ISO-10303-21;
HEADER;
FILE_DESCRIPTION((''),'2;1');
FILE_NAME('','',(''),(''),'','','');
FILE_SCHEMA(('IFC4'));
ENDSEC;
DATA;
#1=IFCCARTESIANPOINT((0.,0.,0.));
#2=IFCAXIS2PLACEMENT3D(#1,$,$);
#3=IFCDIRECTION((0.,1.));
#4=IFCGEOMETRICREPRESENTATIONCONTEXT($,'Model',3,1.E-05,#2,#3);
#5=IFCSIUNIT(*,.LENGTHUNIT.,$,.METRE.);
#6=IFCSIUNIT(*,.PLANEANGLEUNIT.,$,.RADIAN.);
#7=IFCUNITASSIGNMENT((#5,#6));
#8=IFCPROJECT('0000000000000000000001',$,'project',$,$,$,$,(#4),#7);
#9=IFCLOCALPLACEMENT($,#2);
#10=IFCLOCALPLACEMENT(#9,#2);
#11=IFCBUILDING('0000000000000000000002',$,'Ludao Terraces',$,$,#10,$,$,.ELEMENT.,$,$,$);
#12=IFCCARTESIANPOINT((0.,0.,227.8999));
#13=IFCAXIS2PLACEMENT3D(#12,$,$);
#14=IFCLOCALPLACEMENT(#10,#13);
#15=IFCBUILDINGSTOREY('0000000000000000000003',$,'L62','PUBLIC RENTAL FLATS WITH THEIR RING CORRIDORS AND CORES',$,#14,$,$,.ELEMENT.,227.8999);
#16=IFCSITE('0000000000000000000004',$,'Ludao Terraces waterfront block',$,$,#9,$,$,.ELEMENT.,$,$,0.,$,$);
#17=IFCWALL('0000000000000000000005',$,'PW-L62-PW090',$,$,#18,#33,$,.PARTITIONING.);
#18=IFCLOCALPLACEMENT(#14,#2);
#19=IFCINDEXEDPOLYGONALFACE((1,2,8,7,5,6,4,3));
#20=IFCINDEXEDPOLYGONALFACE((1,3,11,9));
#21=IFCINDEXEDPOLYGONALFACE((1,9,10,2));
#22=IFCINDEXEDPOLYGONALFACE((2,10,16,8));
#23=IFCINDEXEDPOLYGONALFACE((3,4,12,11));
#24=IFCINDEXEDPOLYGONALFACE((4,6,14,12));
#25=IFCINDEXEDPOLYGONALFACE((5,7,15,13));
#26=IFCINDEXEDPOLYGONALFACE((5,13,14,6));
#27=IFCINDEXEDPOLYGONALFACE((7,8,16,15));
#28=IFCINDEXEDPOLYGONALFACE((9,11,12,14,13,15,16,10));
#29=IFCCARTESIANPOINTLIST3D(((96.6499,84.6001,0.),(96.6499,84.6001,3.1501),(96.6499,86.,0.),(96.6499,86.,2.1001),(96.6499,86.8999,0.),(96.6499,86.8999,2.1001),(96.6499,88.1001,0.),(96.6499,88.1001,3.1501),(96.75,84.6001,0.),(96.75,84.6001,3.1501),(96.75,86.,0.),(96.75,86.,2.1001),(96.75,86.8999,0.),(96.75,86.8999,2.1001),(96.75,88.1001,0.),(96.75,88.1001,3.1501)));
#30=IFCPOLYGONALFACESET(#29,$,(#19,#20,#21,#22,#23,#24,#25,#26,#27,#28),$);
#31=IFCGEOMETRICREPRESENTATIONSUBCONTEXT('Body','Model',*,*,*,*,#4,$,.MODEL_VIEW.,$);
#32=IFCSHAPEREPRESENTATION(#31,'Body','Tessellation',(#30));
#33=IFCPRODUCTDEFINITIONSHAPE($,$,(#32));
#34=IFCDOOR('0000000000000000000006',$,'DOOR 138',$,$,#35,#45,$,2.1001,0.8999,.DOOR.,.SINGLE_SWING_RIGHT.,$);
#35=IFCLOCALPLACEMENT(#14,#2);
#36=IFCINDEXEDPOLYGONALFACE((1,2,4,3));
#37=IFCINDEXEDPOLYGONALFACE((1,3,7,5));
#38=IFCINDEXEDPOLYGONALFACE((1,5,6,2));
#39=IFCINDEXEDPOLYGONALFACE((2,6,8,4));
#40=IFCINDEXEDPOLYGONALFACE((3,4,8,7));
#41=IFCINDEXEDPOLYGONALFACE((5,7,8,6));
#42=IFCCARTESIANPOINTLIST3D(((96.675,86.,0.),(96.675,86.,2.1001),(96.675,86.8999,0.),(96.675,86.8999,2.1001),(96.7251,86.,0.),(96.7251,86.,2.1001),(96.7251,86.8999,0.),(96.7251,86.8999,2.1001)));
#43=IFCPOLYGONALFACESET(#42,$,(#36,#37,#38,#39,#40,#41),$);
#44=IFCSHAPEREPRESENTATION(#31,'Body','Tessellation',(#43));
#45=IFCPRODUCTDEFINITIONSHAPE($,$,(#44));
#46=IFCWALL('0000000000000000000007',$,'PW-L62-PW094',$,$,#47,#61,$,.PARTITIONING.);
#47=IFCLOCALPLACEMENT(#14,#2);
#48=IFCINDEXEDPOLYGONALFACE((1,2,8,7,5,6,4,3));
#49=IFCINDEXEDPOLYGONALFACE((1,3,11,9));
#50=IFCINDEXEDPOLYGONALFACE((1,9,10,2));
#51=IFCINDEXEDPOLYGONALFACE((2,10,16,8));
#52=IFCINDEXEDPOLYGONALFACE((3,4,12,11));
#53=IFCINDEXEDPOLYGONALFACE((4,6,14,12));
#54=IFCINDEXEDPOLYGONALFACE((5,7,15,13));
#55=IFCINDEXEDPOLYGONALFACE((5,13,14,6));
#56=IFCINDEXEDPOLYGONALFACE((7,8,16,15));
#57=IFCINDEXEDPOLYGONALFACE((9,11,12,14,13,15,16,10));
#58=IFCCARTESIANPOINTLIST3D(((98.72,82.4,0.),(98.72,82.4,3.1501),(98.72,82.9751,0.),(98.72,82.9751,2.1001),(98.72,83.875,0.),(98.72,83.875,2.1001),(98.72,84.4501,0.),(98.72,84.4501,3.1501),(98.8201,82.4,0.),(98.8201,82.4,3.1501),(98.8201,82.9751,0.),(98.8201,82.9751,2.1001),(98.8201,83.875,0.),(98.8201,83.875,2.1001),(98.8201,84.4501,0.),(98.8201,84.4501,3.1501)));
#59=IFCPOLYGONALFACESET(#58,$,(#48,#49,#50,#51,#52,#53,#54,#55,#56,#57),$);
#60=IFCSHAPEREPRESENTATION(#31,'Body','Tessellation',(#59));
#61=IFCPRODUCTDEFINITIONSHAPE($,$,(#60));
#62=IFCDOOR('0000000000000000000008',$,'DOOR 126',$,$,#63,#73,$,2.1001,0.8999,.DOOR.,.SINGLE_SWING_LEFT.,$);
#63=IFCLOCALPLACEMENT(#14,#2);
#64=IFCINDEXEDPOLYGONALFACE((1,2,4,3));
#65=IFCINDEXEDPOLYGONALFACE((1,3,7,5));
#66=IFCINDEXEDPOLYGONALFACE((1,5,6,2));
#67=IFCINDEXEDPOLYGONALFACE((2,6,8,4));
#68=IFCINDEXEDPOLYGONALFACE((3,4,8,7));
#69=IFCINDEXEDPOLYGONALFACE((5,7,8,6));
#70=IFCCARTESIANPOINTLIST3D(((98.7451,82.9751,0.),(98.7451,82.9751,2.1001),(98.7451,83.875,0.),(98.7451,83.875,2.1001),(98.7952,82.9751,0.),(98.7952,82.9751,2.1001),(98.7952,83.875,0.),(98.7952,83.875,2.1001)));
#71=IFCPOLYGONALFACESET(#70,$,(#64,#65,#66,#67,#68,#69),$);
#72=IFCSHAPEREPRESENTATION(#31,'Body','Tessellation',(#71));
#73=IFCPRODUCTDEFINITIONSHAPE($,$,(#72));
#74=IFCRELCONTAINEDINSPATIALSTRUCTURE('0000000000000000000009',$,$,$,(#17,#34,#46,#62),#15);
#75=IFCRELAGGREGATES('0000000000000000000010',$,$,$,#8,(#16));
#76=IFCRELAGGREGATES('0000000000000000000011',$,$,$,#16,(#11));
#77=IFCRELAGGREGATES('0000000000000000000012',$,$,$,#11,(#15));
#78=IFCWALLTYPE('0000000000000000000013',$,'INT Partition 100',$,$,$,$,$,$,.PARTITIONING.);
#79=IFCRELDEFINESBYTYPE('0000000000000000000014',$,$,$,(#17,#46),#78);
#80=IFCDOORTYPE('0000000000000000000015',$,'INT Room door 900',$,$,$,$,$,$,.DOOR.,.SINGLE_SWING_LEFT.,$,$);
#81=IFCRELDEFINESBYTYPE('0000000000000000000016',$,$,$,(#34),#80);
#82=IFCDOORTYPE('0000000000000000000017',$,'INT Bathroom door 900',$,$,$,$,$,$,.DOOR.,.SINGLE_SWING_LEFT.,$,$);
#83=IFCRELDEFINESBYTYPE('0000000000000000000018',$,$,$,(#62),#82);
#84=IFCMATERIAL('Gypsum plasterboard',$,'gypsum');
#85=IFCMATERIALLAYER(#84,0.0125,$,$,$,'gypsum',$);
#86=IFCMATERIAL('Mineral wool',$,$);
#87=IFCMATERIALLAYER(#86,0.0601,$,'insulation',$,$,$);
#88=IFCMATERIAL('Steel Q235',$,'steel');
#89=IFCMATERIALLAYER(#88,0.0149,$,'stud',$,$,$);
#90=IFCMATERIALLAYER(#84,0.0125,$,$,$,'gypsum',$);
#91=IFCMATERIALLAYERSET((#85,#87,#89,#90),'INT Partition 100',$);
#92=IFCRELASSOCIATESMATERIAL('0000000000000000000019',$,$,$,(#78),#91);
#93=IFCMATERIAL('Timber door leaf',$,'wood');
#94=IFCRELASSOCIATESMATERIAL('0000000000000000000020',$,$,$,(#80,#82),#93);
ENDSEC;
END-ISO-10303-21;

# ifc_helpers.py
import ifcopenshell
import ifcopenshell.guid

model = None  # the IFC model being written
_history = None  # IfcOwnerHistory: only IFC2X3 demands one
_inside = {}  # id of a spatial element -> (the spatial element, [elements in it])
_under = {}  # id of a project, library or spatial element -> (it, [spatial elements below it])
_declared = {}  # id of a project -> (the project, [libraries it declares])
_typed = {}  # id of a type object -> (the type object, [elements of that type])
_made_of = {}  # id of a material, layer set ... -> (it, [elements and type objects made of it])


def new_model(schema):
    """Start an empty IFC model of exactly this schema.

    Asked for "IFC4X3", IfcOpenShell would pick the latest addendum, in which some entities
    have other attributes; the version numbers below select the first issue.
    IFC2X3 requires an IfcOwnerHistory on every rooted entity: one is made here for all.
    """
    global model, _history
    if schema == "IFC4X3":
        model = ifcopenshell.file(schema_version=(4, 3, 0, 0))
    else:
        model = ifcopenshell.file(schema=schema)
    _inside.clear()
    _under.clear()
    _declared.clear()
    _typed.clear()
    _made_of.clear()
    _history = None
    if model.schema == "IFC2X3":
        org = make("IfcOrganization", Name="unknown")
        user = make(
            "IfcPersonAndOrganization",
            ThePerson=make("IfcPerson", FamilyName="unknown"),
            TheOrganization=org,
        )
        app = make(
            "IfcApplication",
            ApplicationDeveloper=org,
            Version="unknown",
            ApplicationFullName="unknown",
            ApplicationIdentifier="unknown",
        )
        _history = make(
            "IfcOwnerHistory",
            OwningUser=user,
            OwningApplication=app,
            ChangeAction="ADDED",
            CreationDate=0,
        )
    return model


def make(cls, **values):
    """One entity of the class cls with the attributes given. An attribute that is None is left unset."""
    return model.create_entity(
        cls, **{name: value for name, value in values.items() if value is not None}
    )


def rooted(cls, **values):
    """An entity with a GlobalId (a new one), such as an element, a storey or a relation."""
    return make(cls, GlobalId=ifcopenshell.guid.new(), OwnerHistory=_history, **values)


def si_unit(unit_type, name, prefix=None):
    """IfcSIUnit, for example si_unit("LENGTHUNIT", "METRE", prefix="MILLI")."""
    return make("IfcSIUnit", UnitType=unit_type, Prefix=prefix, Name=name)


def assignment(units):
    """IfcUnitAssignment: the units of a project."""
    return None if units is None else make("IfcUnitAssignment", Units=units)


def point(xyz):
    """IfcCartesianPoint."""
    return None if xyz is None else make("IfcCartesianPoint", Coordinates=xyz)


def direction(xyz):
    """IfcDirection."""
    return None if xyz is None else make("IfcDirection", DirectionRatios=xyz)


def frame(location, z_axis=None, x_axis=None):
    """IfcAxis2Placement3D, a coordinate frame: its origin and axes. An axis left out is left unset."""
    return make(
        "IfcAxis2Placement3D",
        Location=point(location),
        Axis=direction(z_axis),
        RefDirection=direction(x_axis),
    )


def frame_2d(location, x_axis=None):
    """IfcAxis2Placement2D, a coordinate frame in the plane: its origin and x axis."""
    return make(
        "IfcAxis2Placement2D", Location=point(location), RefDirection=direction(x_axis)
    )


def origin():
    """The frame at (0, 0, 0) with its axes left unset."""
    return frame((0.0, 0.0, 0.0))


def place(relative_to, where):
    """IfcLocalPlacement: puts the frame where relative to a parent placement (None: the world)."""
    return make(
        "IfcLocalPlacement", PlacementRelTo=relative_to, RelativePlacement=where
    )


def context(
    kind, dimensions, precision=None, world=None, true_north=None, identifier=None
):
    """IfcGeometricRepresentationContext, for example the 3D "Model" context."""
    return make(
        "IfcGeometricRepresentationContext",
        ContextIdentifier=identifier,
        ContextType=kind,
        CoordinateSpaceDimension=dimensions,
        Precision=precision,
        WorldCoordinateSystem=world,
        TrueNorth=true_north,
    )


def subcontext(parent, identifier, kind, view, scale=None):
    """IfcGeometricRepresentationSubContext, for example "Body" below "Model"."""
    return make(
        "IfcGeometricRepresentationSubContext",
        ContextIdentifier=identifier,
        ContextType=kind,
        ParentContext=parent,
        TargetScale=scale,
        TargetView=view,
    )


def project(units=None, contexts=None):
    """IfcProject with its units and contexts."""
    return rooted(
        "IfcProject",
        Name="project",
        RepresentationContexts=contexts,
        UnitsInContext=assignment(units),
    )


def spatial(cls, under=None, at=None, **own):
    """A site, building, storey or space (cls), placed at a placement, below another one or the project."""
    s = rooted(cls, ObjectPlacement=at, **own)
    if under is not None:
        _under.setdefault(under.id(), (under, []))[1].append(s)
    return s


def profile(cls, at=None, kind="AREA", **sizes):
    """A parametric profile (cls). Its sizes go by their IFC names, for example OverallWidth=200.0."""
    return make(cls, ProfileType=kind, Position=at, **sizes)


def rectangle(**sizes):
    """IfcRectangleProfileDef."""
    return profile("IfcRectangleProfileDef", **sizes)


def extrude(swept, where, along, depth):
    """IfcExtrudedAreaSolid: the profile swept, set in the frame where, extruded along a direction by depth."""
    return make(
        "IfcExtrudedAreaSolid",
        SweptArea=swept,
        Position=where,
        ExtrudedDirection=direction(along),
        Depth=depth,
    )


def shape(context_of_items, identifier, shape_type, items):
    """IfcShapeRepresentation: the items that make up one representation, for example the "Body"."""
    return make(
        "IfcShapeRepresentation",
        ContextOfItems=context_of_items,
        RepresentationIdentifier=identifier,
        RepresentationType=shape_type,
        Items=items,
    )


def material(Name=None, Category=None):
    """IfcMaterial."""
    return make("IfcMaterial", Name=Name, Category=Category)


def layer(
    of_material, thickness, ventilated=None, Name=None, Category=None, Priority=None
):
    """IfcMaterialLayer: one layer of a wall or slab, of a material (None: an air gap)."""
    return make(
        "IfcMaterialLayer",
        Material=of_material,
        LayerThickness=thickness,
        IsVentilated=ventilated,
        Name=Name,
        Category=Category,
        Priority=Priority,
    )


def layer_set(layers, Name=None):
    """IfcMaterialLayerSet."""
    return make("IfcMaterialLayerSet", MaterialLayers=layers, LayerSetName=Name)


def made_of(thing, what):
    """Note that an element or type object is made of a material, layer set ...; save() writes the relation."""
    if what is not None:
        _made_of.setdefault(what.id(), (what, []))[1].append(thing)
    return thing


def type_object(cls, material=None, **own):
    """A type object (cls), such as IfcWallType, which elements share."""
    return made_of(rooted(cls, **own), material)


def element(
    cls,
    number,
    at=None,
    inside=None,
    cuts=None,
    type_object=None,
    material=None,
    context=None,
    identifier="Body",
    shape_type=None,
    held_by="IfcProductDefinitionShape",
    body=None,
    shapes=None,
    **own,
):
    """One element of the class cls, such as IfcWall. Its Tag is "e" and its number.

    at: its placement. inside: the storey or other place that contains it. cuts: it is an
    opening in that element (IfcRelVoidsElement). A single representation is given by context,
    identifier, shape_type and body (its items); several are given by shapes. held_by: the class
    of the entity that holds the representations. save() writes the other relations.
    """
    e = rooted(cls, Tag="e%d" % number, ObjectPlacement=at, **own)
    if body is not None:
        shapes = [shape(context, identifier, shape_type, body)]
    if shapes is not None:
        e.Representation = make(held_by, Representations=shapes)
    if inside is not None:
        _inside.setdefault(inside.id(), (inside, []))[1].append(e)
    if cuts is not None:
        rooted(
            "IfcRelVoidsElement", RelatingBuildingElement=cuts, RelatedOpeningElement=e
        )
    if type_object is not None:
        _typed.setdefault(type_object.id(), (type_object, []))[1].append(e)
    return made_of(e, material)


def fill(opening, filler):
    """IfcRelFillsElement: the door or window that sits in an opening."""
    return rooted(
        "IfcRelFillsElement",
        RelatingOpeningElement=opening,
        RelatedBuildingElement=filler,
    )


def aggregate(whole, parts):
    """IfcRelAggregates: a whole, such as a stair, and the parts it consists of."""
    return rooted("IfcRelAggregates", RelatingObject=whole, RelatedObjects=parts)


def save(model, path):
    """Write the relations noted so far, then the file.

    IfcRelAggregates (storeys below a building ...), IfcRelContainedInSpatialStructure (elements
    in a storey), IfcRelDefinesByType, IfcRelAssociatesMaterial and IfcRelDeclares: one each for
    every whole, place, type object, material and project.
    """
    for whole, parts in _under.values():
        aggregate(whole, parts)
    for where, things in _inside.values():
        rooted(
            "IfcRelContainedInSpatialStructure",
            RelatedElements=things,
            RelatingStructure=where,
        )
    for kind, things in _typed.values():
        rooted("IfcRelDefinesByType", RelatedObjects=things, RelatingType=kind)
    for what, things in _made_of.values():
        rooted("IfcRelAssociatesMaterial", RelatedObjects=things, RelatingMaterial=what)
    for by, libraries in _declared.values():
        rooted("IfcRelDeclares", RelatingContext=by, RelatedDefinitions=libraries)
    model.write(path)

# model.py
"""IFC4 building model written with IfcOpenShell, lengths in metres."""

from ifc_helpers import new_model, si_unit, direction, frame, frame_2d, origin, place, context, subcontext, project, spatial, rectangle, extrude, material, layer, layer_set, type_object, element, fill, save


model = new_model("IFC4")

# Units and contexts
model_context = context("Model", 3, precision=1e-05, world=origin(), true_north=direction((0.0, 1.0)))
body_context = subcontext(model_context, "Body", "Model", "MODEL_VIEW")
ifc_project = project(units=[si_unit("LENGTHUNIT", "METRE"), si_unit("PLANEANGLEUNIT", "RADIAN")], contexts=[model_context])

# Site, building, storey
site_placement = place(None, origin())
site = spatial("IfcSite", under=ifc_project, at=site_placement, Name="Ludao Terraces waterfront block", CompositionType="ELEMENT", RefElevation=0.0)
building_placement = place(site_placement, origin())
building = spatial("IfcBuilding", under=site, at=building_placement, Name="Ludao Terraces", CompositionType="ELEMENT")
storey_placement = place(building_placement, frame((0.0, 0.0, 227.8999)))
storey = spatial("IfcBuildingStorey", under=building, at=storey_placement, Name="L62", Description="PUBLIC RENTAL FLATS WITH THEIR RING CORRIDORS AND CORES", CompositionType="ELEMENT", Elevation=227.8999)

# Shared definitions
ifc_material_1 = material(Name="Mineral wool")

# Shared definitions
ifc_material_2 = material(Name="Gypsum plasterboard", Category="gypsum")
ifc_layer_1 = layer(ifc_material_2, 0.0125, Category="gypsum")
ifc_layer_2 = layer(ifc_material_1, 0.0601, Name="insulation")
ifc_material_3 = material(Name="Steel Q235", Category="steel")
ifc_layer_3 = layer(ifc_material_3, 0.0149, Name="stud")
ifc_layer_4 = layer(ifc_material_2, 0.0125, Category="gypsum")
ifc_layer_set_1 = layer_set([ifc_layer_1, ifc_layer_2, ifc_layer_3, ifc_layer_4], Name="INT Partition 100")
wall_type_1 = type_object("IfcWallType", Name="INT Partition 100", PredefinedType="PARTITIONING", material=ifc_layer_set_1)

# Walls, openings, doors
ifc_material_4 = material(Name="Timber door leaf", Category="wood")
door_type_1 = type_object("IfcDoorType", Name="INT Room door 900", OperationType="SINGLE_SWING_LEFT", PredefinedType="DOOR", material=ifc_material_4)
wall_1_placement = place(storey_placement, frame((96.7, 84.6001, 0.0), z_axis=(0.0, 0.0, 1.0), x_axis=(0.0, 1.0, 0.0)))
wall_1 = element("IfcWall", 1, at=wall_1_placement, inside=storey, type_object=wall_type_1, Name="PW-L62-PW090", PredefinedType="PARTITIONING", context=body_context, shape_type="SweptSolid", body=[
    extrude(rectangle(XDim=3.5, YDim=0.1001, at=frame_2d((1.75, 0.0))), origin(), (0.0, 0.0, 1.0), 3.1501),
])
opening_1_placement = place(wall_1_placement, frame((1.3999, 0.0, 0.0)))
opening_1 = element("IfcOpeningElement", 2, at=opening_1_placement, cuts=wall_1, PredefinedType="OPENING", context=body_context, shape_type="SweptSolid", body=[
    extrude(rectangle(XDim=0.8999, YDim=2.1001, at=frame_2d((0.45, 1.05))), frame((0.0, 0.0601, 0.0), z_axis=(0.0, -1.0, 0.0), x_axis=(1.0, 0.0, 0.0)), (0.0, 0.0, 1.0), 0.1201),
])
door_1_placement = place(opening_1_placement, origin())
door_1 = element("IfcDoor", 3, at=door_1_placement, inside=storey, type_object=door_type_1, Name="DOOR 138", OperationType="SINGLE_SWING_RIGHT", OverallHeight=2.1001, OverallWidth=0.8999, PredefinedType="DOOR", context=body_context, shape_type="SweptSolid", body=[
    extrude(rectangle(XDim=0.8999, YDim=2.1001, at=frame_2d((0.45, 1.05))), frame((0.0, 0.0249, 0.0), z_axis=(0.0, -1.0, 0.0), x_axis=(1.0, 0.0, 0.0)), (0.0, 0.0, 1.0), 0.05),
])
fill(opening_1, door_1)
wall_2_placement = place(storey_placement, frame((98.77, 82.4001, 0.0), z_axis=(0.0, 0.0, 1.0), x_axis=(0.0, 1.0, 0.0)))
wall_2 = element("IfcWall", 4, at=wall_2_placement, inside=storey, type_object=wall_type_1, Name="PW-L62-PW094", PredefinedType="PARTITIONING", context=body_context, shape_type="SweptSolid", body=[
    extrude(rectangle(XDim=2.05, YDim=0.1001, at=frame_2d((1.0249, 0.0))), origin(), (0.0, 0.0, 1.0), 3.1501),
])
opening_2_placement = place(wall_2_placement, frame((0.575, 0.0, 0.0)))
opening_2 = element("IfcOpeningElement", 5, at=opening_2_placement, cuts=wall_2, PredefinedType="OPENING", context=body_context, shape_type="SweptSolid", body=[
    extrude(rectangle(XDim=0.8999, YDim=2.1001, at=frame_2d((0.45, 1.05))), frame((0.0, 0.0601, 0.0), z_axis=(0.0, -1.0, 0.0), x_axis=(1.0, 0.0, 0.0)), (0.0, 0.0, 1.0), 0.1201),
])
door_type_2 = type_object("IfcDoorType", Name="INT Bathroom door 900", OperationType="SINGLE_SWING_LEFT", PredefinedType="DOOR", material=ifc_material_4)
door_2_placement = place(opening_2_placement, origin())
door_2 = element("IfcDoor", 6, at=door_2_placement, inside=storey, type_object=door_type_2, Name="DOOR 126", OperationType="SINGLE_SWING_LEFT", OverallHeight=2.1001, OverallWidth=0.8999, PredefinedType="DOOR", context=body_context, shape_type="SweptSolid", body=[
    extrude(rectangle(XDim=0.8999, YDim=2.1001, at=frame_2d((0.45, 1.05))), frame((0.0, 0.0249, 0.0), z_axis=(0.0, -1.0, 0.0), x_axis=(1.0, 0.0, 0.0)), (0.0, 0.0, 1.0), 0.05),
])
fill(opening_2, door_2)

save(model, "model.ifc")
